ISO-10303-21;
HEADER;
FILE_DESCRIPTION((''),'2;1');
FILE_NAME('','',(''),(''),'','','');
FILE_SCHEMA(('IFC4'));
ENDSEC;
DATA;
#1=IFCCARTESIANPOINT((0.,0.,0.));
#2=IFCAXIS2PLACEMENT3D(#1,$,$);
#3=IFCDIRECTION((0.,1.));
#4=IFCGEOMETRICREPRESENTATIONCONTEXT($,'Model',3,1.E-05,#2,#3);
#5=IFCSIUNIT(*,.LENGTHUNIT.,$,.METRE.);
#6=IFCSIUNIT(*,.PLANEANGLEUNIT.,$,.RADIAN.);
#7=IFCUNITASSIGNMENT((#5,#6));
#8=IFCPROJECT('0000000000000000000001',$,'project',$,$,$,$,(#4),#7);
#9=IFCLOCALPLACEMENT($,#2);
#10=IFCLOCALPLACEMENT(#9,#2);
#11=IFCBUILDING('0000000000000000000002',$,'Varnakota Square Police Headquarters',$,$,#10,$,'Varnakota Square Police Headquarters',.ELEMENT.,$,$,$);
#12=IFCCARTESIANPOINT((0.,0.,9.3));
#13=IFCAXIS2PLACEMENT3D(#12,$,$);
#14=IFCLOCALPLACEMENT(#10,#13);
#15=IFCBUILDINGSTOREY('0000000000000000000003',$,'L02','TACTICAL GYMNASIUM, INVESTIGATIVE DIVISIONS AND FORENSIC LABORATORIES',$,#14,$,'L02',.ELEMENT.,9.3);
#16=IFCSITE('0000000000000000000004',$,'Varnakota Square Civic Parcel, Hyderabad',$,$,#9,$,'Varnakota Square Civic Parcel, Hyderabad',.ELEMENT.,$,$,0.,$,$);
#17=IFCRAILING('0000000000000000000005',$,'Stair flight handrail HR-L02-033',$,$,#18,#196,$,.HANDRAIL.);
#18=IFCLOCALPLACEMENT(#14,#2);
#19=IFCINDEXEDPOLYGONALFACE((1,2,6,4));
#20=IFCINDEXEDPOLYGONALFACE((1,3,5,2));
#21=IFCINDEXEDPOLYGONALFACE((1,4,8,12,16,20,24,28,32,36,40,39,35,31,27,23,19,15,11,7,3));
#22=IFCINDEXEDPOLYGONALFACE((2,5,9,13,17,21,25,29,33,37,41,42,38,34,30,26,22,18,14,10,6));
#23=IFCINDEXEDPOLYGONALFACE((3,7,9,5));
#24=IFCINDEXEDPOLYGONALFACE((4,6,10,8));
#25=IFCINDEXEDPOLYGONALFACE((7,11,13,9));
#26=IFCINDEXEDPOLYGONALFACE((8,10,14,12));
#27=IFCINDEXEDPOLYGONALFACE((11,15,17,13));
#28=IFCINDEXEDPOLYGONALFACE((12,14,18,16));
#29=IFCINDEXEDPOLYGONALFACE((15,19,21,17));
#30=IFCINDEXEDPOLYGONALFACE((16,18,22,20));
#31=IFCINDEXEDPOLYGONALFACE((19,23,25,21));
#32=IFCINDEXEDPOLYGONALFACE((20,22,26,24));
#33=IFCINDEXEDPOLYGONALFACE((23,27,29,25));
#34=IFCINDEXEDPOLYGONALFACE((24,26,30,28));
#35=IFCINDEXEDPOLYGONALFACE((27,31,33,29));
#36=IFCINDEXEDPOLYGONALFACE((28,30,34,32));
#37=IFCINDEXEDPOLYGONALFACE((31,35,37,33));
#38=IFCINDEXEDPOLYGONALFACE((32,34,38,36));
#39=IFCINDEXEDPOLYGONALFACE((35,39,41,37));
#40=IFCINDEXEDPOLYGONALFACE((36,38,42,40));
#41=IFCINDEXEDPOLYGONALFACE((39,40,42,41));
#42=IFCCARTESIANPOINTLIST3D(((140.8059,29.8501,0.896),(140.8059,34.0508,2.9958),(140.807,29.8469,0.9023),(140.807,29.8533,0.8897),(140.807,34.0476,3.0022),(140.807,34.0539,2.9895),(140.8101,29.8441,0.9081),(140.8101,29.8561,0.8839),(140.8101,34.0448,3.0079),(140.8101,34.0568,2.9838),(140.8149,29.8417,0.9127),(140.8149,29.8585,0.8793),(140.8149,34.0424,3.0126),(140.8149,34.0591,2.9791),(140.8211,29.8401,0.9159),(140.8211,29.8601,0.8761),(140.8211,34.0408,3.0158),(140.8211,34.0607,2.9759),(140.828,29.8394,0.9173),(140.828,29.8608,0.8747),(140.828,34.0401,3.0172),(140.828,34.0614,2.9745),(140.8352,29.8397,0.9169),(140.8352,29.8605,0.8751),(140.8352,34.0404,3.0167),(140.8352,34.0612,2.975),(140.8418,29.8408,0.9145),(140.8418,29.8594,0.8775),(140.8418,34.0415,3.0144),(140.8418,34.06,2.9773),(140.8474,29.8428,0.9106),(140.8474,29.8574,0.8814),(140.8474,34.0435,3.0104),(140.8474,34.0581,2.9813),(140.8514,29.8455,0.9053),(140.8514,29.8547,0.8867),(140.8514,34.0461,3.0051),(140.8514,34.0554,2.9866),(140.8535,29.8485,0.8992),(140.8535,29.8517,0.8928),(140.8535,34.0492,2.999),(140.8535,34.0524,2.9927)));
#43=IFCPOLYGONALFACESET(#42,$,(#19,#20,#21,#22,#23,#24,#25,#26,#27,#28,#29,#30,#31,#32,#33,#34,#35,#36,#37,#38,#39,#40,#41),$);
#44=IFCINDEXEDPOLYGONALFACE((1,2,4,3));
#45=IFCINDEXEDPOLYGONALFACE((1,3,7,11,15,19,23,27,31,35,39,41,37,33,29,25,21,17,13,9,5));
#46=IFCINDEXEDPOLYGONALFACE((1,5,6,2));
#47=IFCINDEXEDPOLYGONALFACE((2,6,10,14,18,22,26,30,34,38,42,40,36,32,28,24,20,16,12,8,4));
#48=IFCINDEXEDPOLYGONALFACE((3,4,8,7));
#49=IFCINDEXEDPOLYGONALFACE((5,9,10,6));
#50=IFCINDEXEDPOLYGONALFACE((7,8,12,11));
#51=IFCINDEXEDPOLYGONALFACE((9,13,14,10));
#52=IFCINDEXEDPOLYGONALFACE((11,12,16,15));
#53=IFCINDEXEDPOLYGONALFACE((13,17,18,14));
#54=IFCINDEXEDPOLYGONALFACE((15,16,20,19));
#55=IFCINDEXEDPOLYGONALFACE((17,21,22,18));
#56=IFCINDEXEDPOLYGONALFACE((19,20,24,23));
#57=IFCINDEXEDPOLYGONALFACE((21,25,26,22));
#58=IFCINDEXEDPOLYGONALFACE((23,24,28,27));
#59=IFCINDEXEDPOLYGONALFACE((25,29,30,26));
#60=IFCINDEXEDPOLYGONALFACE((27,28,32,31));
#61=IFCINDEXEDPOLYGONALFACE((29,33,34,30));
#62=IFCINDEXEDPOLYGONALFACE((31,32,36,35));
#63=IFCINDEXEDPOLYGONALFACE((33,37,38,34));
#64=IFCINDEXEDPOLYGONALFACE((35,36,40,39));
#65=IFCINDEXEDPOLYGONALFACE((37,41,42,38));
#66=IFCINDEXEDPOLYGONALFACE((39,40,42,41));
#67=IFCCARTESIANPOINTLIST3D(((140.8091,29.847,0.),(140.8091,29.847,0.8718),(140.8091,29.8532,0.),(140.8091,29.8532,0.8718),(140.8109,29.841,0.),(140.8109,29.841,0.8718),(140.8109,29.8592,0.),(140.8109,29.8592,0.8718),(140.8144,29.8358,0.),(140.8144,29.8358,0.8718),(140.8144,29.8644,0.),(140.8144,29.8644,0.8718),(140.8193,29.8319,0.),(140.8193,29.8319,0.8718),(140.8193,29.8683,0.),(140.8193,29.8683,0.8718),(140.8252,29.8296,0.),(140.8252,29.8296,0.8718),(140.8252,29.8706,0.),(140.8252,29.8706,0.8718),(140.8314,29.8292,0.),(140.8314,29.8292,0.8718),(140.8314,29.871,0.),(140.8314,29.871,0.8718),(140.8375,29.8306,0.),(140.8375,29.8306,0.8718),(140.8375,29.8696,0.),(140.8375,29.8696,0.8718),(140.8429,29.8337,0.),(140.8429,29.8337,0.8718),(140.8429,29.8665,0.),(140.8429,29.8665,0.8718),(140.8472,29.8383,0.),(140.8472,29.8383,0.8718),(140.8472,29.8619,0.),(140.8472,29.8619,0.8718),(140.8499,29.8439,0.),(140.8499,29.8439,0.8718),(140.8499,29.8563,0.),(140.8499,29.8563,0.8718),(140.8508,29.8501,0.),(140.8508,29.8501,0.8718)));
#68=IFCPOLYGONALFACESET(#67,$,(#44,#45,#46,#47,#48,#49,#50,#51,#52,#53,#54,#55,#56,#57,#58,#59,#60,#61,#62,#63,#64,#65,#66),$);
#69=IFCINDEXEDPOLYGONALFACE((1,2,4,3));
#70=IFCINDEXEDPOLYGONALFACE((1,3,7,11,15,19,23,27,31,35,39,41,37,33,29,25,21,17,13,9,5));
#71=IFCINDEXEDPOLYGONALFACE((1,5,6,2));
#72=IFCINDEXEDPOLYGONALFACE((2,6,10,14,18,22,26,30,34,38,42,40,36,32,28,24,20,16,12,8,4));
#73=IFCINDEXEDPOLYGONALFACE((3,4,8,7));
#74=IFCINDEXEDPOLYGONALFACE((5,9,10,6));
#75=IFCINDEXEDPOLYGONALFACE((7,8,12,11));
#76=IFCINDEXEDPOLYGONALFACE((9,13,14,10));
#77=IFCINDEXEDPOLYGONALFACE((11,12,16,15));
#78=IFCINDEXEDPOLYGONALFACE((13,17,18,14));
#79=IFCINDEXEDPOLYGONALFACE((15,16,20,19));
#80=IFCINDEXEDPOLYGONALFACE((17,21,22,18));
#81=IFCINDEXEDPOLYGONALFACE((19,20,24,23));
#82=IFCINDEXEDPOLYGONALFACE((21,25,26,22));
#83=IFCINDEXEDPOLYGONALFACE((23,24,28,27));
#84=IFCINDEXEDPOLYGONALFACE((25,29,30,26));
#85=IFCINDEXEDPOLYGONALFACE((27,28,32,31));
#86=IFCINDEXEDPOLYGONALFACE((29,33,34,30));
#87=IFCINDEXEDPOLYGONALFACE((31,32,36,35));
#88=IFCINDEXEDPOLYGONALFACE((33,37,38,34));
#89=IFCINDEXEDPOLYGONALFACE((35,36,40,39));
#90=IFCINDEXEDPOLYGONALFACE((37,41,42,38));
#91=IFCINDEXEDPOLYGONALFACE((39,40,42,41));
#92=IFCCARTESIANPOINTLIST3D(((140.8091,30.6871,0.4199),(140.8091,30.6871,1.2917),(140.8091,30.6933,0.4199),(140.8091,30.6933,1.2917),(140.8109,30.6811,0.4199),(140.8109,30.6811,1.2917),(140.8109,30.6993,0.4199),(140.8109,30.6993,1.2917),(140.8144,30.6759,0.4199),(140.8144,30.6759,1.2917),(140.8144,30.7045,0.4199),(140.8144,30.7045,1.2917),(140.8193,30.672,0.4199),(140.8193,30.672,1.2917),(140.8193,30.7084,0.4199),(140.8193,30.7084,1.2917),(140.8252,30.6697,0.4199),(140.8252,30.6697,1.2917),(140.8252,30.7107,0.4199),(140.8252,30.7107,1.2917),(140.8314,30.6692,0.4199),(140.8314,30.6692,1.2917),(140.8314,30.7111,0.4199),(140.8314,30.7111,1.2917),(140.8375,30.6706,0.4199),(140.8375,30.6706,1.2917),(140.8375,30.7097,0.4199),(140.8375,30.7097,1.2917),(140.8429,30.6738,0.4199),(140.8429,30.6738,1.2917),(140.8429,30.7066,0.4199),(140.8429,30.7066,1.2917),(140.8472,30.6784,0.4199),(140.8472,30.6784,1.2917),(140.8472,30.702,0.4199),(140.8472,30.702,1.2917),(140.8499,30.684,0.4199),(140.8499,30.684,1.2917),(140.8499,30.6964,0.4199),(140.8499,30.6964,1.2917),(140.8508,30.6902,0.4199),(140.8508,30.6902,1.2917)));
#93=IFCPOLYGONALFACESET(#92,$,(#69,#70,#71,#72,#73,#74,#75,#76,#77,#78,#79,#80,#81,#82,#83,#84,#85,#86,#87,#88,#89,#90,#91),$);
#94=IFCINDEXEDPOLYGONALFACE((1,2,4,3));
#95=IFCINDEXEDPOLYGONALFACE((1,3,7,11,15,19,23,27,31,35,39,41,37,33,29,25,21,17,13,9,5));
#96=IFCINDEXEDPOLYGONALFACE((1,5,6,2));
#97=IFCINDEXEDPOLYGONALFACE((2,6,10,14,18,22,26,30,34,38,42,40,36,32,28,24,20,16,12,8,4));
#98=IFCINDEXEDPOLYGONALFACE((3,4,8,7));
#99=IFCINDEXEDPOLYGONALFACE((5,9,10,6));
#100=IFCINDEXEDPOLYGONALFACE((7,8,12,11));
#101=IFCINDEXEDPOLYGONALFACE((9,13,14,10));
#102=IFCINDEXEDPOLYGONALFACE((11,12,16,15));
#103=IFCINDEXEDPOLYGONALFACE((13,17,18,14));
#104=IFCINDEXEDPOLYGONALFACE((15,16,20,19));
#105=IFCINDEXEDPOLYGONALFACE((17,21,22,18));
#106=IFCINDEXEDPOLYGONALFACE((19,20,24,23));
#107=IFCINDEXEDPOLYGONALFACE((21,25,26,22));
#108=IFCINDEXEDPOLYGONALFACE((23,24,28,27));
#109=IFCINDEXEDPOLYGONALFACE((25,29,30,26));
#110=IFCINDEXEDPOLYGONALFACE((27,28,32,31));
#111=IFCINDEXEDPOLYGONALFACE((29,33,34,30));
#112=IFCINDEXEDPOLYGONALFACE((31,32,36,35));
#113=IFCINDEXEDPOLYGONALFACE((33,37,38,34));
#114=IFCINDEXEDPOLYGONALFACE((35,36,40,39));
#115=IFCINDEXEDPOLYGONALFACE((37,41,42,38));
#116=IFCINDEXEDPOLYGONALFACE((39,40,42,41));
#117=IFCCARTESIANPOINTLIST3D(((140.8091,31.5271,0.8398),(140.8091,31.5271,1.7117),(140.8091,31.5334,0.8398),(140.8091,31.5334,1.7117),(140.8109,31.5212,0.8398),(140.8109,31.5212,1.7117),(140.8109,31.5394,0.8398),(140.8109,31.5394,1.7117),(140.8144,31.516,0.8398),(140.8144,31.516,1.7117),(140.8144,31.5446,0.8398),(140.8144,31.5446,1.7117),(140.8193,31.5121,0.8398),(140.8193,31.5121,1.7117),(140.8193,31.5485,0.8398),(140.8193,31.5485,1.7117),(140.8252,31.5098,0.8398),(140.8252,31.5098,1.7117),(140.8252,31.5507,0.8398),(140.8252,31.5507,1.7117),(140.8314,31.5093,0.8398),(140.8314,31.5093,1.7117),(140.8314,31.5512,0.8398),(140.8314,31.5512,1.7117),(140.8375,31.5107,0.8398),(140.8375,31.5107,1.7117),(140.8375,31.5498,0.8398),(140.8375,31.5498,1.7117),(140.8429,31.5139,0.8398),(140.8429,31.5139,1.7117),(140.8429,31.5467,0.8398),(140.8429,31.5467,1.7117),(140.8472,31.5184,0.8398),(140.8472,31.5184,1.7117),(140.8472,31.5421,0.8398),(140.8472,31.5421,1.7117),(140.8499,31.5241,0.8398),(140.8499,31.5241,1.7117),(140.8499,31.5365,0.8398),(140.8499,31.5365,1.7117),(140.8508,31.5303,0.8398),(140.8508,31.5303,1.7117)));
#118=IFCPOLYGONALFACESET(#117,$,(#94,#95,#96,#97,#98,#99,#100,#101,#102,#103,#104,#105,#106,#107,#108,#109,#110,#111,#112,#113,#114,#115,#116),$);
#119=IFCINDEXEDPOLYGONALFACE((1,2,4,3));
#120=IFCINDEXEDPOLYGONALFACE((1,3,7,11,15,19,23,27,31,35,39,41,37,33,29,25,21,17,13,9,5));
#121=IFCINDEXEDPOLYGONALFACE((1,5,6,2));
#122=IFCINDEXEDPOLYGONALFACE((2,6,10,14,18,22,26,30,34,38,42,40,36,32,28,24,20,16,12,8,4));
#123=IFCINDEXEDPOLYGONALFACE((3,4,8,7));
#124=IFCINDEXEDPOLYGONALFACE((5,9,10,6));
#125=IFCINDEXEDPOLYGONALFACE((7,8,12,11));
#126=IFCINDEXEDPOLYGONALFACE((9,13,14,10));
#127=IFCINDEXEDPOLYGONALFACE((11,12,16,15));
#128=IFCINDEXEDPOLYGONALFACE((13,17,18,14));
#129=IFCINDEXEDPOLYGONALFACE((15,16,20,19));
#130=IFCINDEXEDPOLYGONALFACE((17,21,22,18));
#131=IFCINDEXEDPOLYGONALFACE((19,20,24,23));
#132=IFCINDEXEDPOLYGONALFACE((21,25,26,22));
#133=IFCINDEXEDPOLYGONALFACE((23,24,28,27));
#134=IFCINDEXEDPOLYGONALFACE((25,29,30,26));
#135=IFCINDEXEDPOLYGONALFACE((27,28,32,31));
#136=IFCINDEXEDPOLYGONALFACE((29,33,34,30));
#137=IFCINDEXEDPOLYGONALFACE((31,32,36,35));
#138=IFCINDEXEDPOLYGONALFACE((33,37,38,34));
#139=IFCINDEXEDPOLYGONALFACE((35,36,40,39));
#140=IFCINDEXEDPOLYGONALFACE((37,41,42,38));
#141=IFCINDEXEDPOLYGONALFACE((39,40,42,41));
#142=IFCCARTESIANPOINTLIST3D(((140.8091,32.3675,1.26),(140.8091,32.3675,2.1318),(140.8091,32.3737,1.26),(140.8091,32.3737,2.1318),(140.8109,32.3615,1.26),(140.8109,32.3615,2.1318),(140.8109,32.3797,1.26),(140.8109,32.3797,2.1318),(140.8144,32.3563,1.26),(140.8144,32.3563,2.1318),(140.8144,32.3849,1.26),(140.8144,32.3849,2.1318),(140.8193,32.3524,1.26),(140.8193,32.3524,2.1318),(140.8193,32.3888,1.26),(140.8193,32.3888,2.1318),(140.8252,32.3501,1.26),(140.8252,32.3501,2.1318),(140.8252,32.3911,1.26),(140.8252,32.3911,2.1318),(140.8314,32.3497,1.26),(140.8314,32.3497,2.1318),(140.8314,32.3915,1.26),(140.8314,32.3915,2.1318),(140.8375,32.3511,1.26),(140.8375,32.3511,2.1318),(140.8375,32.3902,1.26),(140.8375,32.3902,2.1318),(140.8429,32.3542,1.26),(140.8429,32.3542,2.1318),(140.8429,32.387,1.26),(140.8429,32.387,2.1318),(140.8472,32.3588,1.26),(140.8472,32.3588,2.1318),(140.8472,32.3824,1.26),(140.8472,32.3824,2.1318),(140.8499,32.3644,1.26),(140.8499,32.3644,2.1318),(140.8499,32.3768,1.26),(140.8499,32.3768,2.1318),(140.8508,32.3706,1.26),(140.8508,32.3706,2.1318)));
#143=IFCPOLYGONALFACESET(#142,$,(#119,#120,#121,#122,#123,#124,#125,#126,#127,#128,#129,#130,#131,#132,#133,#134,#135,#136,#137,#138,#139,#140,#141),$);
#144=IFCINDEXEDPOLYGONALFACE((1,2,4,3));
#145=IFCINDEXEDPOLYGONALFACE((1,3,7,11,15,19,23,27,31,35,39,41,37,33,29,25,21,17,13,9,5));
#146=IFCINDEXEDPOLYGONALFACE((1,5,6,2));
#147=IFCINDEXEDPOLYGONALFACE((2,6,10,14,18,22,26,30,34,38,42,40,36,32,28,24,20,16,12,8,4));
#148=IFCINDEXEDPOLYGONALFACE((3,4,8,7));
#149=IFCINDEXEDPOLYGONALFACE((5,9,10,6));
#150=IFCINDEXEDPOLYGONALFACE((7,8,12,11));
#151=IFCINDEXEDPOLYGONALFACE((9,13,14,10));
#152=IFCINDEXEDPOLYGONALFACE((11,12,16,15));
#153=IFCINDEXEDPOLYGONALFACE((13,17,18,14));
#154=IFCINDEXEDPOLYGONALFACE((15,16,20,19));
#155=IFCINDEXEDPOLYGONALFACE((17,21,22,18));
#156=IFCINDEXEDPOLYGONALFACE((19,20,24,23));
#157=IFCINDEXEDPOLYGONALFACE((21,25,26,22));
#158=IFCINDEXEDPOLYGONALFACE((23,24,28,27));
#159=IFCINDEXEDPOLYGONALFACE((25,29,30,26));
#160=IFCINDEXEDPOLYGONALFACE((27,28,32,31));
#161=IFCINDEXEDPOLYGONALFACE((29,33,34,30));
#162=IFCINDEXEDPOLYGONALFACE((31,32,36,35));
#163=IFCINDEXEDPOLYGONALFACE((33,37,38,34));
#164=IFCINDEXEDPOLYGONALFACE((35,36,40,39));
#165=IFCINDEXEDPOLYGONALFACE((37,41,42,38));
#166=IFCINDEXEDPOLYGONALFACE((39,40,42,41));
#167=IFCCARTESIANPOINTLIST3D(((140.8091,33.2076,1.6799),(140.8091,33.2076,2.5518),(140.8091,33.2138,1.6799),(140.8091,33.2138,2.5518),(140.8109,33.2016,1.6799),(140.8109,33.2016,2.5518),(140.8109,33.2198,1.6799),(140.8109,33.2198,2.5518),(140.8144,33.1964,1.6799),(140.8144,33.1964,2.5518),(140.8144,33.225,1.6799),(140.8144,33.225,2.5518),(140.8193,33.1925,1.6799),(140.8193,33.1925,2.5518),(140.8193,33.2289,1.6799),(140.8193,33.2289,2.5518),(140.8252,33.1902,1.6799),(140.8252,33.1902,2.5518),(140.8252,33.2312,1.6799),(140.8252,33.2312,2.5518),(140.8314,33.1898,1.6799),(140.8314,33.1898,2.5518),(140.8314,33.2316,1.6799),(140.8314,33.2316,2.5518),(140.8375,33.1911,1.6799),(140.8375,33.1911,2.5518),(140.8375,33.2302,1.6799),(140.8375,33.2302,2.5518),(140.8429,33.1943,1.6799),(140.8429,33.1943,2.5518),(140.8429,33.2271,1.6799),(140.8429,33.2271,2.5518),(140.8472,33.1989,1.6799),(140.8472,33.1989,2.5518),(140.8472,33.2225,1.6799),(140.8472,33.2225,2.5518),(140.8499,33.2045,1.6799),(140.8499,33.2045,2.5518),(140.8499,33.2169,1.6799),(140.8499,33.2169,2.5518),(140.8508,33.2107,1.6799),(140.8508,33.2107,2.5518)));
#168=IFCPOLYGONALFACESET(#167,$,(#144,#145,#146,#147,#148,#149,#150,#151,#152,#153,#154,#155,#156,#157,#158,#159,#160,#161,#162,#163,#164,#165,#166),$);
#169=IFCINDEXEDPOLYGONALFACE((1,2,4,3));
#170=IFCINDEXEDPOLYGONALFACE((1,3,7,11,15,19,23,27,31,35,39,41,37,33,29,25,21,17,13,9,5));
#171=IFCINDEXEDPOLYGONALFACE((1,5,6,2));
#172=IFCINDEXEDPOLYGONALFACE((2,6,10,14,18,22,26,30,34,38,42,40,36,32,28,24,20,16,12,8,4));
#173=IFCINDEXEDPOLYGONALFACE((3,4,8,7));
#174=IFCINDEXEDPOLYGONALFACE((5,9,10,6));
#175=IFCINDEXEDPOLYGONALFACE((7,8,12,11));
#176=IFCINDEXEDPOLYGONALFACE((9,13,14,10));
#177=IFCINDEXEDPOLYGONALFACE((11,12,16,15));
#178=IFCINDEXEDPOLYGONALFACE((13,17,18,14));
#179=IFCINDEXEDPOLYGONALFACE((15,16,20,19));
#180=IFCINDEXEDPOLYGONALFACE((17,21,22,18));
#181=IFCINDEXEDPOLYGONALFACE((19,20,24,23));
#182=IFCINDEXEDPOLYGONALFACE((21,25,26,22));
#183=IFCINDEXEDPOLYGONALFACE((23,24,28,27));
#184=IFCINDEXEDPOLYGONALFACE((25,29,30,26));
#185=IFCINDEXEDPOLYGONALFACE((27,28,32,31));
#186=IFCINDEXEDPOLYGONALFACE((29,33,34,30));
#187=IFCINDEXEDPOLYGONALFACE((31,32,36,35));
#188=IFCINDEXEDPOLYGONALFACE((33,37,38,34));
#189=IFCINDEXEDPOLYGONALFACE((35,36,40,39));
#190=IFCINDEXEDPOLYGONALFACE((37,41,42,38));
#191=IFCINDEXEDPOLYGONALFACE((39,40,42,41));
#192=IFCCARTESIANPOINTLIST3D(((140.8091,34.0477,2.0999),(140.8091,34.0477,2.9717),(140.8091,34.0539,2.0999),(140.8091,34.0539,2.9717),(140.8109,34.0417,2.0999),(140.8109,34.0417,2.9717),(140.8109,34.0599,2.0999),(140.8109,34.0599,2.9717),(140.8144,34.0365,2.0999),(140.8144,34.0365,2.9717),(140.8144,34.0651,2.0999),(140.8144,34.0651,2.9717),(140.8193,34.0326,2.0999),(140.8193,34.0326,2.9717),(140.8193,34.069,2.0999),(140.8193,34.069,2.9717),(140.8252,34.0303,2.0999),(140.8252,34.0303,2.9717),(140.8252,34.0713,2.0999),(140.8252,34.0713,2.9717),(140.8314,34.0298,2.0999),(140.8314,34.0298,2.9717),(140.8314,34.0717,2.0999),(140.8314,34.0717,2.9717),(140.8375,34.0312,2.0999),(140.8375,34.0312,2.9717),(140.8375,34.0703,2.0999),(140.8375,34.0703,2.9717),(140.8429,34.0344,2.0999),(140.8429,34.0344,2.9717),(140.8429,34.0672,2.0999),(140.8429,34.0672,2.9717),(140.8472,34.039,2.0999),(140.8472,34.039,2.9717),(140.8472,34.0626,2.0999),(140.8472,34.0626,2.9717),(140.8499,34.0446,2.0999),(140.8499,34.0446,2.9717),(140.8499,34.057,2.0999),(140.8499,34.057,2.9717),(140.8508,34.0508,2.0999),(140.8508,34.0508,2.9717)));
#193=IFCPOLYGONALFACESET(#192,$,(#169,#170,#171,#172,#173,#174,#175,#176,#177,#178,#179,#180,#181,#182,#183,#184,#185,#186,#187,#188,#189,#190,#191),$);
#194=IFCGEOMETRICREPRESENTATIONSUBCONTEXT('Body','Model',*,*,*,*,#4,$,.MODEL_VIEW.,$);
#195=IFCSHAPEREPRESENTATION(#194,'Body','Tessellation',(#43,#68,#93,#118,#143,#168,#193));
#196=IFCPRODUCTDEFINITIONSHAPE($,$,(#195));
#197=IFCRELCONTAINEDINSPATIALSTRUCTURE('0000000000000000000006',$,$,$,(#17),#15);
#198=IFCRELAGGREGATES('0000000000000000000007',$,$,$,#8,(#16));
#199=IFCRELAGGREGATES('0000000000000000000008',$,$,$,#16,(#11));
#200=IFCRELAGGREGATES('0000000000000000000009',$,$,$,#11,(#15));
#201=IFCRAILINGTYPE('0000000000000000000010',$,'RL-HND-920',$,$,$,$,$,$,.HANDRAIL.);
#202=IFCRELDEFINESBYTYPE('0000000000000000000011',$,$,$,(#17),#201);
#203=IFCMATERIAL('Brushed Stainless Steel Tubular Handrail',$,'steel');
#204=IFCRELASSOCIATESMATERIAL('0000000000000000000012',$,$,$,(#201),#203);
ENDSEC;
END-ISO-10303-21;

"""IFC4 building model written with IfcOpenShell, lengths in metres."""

from ifc_helpers import new_model, si_unit, direction, frame, origin, origin_2d, place, context, subcontext, project, spatial, circle, extrude, material, type_object, element, save


model = new_model("IFC4")

# Units and contexts
model_context = context("Model", 3, precision=1e-05, world=origin(), true_north=direction((0.0, 1.0)))
body_context = subcontext(model_context, "Body", "Model", "MODEL_VIEW")
ifc_project = project(units=[si_unit("LENGTHUNIT", "METRE"), si_unit("PLANEANGLEUNIT", "RADIAN")], contexts=[model_context])

# Site, building, storey
site_placement = place(None, origin())
site = spatial("IfcSite", under=ifc_project, at=site_placement, Name="Varnakota Square Civic Parcel, Hyderabad", LongName="Varnakota Square Civic Parcel, Hyderabad", CompositionType="ELEMENT", RefElevation=0.0)
building_placement = place(site_placement, origin())
building = spatial("IfcBuilding", under=site, at=building_placement, Name="Varnakota Square Police Headquarters", LongName="Varnakota Square Police Headquarters", CompositionType="ELEMENT")
storey_placement = place(building_placement, frame((0.0, 0.0, 9.3)))
storey = spatial("IfcBuildingStorey", under=building, at=storey_placement, Name="L02", Description="TACTICAL GYMNASIUM, INVESTIGATIVE DIVISIONS AND FORENSIC LABORATORIES", LongName="L02", CompositionType="ELEMENT", Elevation=9.3)

# Railing
ifc_material_1 = material(Name="Brushed Stainless Steel Tubular Handrail", Category="steel")
railing_type_1 = type_object("IfcRailingType", Name="RL-HND-920", PredefinedType="HANDRAIL", material=ifc_material_1)
railing_1_placement = place(storey_placement, frame((140.8298, 29.8501, 0.0)))
element("IfcRailing", 1, at=railing_1_placement, inside=storey, type_object=railing_type_1, Name="Stair flight handrail HR-L02-033", PredefinedType="HANDRAIL", context=body_context, shape_type="SweptSolid", body=[
    extrude(circle(Radius=0.0239, at=origin_2d()), frame((0.0, 0.0, 0.896), z_axis=(0.0, 0.894469, 0.44713), x_axis=(-1.0, 0.0, 0.0)), (0.0, 0.0, 1.0), 4.6963),
    extrude(circle(Radius=0.021, at=origin_2d()), origin(), (0.0, 0.0, 1.0), 0.8718),
    extrude(circle(Radius=0.021, at=origin_2d()), frame((0.0, 0.8401, 0.4199)), (0.0, 0.0, 1.0), 0.8718),
    extrude(circle(Radius=0.021, at=origin_2d()), frame((0.0, 1.6802, 0.8398)), (0.0, 0.0, 1.0), 0.8718),
    extrude(circle(Radius=0.021, at=origin_2d()), frame((0.0, 2.5205, 1.26)), (0.0, 0.0, 1.0), 0.8718),
    extrude(circle(Radius=0.021, at=origin_2d()), frame((0.0, 3.3606, 1.6799)), (0.0, 0.0, 1.0), 0.8718),
    extrude(circle(Radius=0.021, at=origin_2d()), frame((0.0, 4.2007, 2.0999)), (0.0, 0.0, 1.0), 0.8718),
])

save(model, "model.ifc")
